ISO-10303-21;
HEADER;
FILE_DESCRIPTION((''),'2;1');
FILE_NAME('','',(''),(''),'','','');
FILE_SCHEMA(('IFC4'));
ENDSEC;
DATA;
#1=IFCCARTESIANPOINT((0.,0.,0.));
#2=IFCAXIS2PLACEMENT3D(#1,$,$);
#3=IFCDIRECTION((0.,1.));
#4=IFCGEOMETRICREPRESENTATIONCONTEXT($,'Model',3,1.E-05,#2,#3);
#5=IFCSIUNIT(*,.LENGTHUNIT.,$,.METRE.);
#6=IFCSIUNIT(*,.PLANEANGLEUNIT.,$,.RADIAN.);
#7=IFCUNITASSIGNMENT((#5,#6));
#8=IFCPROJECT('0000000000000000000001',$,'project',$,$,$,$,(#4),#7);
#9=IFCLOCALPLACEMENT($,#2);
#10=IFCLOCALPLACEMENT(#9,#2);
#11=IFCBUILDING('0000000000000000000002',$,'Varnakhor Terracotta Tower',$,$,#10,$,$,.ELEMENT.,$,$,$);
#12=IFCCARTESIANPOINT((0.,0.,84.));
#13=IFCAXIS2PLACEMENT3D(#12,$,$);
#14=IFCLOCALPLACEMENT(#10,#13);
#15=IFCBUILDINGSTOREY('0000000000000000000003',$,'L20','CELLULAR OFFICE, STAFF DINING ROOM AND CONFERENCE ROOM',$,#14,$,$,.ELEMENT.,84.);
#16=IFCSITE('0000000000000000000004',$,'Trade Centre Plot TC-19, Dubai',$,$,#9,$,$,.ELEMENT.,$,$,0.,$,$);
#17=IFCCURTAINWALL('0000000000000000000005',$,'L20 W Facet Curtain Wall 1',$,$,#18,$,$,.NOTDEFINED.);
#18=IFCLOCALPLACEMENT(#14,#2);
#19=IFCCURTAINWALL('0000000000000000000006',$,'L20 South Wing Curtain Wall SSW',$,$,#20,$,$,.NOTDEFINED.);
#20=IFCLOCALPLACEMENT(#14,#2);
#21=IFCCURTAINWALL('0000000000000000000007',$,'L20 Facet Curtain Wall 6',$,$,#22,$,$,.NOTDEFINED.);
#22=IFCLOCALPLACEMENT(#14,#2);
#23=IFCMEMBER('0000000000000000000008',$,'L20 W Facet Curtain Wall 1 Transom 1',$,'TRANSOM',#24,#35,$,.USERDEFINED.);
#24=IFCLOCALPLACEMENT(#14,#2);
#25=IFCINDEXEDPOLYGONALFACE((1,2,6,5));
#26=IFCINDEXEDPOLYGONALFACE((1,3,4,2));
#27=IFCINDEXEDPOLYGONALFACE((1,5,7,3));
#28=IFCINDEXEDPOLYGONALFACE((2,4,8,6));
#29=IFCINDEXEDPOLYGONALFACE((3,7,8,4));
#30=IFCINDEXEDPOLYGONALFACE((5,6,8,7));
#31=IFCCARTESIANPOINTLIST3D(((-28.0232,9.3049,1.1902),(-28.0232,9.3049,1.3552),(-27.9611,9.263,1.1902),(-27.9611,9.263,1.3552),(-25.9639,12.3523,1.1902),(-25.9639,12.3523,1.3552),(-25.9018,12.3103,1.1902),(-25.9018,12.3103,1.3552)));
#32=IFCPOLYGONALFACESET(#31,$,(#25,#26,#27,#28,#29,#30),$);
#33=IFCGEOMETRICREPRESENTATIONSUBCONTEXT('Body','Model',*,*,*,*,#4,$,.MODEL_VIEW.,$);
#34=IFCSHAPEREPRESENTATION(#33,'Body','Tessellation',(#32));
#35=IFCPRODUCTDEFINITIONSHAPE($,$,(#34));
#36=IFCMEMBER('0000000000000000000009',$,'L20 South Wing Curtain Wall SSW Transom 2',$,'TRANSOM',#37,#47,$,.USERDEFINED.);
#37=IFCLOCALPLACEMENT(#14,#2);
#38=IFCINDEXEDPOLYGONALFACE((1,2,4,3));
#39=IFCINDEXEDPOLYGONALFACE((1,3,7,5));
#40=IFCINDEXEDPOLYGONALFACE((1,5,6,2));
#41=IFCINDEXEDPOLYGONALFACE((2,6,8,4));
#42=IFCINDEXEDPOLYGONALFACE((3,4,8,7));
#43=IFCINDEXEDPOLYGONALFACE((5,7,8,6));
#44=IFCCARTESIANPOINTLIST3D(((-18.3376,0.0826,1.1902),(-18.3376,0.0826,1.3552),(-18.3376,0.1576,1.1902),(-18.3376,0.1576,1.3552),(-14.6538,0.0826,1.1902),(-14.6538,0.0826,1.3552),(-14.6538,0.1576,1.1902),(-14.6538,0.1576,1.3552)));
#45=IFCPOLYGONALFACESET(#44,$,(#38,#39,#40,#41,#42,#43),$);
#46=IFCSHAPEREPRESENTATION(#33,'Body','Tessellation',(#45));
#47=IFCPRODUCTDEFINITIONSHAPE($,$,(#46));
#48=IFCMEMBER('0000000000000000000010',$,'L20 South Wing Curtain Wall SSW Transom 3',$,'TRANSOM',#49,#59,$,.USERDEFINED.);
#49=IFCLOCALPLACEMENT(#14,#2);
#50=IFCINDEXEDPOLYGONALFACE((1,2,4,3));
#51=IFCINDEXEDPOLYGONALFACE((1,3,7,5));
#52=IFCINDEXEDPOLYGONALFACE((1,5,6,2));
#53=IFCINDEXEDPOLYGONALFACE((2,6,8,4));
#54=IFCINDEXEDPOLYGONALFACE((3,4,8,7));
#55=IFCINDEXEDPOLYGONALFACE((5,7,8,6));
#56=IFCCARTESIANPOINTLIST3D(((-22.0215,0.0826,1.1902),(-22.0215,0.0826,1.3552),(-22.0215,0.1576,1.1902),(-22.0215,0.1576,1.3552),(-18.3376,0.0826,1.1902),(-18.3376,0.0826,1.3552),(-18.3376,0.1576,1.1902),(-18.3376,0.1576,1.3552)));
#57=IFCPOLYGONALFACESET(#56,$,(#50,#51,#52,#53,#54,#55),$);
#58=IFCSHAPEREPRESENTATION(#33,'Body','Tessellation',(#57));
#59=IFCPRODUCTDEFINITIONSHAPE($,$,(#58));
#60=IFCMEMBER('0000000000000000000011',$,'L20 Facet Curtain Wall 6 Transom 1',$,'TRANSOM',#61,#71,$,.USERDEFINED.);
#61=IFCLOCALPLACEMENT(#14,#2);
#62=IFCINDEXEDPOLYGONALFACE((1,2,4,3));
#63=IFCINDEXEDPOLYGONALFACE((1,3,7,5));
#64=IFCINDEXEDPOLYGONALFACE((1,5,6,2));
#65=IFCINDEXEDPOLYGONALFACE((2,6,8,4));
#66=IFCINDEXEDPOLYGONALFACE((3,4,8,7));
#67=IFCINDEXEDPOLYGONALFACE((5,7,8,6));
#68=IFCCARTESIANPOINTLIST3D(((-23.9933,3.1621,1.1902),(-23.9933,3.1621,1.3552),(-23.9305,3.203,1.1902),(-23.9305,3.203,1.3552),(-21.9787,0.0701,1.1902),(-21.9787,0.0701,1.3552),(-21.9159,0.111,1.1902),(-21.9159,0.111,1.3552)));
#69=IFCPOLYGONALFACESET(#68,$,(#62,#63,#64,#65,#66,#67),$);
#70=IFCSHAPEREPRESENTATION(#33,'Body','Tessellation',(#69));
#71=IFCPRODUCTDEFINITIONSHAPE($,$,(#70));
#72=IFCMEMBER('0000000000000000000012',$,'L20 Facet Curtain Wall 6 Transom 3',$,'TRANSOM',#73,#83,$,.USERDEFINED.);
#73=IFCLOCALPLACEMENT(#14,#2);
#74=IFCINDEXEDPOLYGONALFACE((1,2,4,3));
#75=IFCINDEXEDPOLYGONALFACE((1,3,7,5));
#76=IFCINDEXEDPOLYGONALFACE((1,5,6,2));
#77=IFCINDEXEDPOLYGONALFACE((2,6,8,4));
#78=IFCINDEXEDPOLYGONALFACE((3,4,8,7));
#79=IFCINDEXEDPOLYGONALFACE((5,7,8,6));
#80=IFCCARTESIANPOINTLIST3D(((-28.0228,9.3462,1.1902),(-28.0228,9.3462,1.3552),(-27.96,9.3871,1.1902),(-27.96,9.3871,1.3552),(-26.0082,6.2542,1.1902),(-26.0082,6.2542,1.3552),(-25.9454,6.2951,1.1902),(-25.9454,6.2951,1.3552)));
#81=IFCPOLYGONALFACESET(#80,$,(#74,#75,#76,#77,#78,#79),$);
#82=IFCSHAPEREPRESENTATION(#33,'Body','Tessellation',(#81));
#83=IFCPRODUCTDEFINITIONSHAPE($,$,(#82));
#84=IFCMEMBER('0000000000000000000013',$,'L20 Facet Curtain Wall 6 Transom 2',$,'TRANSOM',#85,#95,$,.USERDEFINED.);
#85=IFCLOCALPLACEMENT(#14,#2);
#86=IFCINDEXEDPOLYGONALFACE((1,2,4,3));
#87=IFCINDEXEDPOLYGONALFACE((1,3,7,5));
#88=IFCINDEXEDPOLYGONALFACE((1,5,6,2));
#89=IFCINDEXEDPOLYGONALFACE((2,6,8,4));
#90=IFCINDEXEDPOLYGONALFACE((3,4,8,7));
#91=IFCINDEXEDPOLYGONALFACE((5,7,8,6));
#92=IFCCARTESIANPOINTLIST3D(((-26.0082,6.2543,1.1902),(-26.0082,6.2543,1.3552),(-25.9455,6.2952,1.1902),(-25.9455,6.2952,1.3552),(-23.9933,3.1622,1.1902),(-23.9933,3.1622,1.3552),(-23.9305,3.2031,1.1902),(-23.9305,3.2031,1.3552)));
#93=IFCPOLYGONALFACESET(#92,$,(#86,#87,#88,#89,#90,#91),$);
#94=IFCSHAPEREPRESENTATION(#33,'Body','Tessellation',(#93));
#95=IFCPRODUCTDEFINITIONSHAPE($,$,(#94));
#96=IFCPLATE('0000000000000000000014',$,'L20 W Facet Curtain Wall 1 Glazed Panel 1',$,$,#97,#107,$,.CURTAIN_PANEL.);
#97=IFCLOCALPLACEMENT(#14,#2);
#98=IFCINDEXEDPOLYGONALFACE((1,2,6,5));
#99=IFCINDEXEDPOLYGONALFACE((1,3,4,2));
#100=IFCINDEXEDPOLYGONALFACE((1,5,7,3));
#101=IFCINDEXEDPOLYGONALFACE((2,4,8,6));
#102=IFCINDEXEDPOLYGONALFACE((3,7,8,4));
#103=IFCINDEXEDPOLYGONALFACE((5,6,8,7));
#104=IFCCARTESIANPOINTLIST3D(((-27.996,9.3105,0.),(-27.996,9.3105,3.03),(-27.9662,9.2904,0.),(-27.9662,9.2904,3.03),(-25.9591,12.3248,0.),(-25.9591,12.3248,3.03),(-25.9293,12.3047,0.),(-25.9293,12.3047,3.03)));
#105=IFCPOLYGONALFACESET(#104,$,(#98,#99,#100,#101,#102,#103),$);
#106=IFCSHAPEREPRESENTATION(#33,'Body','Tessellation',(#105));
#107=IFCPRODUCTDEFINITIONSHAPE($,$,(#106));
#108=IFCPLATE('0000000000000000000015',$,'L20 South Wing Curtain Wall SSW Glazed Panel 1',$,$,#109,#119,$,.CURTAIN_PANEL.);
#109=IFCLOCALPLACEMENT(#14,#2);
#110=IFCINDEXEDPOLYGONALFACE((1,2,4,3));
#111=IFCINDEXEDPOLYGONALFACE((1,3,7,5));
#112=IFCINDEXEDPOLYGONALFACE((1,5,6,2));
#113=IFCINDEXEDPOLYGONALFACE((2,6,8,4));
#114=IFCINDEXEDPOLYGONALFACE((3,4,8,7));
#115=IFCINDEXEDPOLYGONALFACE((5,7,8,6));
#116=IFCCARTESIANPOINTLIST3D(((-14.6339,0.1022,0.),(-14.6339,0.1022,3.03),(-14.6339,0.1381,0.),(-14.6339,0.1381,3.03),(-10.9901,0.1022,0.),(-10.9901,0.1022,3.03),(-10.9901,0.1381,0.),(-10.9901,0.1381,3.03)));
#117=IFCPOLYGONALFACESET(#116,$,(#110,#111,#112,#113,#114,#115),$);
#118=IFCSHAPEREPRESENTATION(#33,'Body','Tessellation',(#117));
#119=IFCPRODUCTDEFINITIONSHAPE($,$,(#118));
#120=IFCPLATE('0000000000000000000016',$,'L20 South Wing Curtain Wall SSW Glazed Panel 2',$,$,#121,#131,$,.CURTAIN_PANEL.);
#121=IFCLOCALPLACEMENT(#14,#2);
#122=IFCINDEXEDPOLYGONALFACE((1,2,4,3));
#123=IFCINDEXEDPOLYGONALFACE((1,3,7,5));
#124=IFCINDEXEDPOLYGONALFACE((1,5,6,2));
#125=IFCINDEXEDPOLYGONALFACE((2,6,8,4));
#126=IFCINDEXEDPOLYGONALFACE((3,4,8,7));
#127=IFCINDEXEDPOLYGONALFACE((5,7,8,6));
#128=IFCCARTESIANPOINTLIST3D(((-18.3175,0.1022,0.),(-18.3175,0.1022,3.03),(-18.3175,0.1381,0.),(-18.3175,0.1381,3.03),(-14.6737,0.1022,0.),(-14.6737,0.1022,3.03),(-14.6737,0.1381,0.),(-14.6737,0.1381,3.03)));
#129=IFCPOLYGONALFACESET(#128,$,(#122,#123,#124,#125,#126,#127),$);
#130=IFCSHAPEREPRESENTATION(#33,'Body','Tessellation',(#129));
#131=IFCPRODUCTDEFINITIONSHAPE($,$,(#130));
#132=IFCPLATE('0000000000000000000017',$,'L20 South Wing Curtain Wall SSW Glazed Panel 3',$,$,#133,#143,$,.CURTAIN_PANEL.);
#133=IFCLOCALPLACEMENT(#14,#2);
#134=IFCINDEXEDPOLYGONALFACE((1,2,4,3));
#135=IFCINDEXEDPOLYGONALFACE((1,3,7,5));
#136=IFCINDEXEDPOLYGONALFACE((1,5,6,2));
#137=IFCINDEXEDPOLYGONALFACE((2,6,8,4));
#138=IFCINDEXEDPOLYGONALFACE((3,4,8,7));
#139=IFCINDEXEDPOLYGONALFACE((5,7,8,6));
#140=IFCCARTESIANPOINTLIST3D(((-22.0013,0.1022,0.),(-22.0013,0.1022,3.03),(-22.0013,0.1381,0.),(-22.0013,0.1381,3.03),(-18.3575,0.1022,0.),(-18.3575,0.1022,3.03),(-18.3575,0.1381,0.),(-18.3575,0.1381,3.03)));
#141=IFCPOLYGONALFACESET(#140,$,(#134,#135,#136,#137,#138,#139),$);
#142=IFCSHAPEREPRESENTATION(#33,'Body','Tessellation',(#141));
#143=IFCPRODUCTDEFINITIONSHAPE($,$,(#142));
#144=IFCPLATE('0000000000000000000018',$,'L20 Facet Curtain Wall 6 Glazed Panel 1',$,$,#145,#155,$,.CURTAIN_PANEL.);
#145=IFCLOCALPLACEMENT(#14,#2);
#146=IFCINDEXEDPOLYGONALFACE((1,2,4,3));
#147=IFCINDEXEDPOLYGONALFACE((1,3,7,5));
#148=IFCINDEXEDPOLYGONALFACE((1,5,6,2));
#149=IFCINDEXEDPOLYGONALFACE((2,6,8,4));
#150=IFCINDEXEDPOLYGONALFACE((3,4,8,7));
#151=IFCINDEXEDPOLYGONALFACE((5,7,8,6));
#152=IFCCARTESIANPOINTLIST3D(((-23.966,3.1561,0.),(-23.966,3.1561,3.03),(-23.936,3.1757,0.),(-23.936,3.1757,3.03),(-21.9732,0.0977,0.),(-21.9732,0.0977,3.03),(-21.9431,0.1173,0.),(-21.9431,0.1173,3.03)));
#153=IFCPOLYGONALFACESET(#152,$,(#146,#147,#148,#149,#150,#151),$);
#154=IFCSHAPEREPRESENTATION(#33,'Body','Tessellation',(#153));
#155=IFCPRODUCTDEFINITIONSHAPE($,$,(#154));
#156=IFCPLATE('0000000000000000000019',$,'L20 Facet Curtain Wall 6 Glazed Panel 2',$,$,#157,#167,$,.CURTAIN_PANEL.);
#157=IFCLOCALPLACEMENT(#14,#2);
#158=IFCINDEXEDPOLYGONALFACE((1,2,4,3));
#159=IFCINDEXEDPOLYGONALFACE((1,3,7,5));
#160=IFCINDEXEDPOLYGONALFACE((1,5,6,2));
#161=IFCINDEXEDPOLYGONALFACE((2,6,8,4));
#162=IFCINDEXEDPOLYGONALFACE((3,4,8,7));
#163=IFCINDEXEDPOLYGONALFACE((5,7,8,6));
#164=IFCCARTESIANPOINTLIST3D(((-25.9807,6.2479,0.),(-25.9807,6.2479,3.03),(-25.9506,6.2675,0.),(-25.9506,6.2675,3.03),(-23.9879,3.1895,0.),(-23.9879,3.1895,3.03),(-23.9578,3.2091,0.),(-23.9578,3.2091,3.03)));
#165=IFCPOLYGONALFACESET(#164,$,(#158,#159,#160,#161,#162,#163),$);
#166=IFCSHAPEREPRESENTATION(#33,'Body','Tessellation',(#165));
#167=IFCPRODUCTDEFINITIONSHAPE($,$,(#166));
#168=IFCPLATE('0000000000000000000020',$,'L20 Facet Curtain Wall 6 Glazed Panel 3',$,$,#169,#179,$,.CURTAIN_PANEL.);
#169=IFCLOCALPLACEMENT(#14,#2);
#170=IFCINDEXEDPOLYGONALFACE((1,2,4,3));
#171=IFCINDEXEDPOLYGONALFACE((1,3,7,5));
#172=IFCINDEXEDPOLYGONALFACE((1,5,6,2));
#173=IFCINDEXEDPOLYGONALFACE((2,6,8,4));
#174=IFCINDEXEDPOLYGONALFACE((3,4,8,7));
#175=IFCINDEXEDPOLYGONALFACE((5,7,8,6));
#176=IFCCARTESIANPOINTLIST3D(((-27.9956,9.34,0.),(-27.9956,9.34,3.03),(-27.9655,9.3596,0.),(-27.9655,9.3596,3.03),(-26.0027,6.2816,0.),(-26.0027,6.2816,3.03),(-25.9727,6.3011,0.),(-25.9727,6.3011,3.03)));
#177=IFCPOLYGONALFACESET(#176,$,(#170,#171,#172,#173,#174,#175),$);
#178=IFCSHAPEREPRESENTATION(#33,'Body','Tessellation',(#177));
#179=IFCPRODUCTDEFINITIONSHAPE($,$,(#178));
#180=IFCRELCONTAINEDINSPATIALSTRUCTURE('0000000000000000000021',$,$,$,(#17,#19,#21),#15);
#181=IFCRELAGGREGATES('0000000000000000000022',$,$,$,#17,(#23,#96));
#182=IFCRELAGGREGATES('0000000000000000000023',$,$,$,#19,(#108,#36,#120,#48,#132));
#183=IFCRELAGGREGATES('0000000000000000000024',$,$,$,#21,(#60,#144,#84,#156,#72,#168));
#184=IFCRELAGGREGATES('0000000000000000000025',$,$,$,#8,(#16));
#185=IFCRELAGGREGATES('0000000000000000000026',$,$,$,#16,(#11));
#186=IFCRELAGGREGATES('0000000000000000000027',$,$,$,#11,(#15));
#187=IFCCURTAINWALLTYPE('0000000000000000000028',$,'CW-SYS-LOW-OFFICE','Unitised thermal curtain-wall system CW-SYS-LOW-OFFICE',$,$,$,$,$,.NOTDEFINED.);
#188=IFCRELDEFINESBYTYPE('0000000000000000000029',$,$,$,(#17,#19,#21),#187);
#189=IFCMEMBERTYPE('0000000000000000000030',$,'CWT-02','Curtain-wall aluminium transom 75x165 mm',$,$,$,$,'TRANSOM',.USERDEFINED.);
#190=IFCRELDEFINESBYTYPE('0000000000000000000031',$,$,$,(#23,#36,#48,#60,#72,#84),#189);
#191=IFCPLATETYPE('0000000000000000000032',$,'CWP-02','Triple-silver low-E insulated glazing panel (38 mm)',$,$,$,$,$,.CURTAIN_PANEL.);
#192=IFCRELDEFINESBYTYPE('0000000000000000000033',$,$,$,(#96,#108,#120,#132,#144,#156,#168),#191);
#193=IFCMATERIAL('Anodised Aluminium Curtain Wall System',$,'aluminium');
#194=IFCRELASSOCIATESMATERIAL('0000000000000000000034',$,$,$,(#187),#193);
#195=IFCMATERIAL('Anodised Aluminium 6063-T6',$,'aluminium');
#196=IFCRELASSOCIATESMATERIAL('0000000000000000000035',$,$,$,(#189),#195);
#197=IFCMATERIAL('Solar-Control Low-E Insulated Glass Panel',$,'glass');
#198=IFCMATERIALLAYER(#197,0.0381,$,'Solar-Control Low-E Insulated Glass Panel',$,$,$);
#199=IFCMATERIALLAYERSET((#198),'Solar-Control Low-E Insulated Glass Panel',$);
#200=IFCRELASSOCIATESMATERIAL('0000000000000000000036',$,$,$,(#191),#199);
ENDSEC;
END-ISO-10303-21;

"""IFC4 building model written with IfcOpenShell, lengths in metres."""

from ifc_helpers import new_model, si_unit, direction, frame, origin, origin_2d, place, context, subcontext, project, spatial, rectangle, extrude, source, transform, mapped, material, layer, layer_set, material_profile, profile_set, type_object, element, aggregate, save


model = new_model("IFC4")

# Units and contexts
model_context = context("Model", 3, precision=1e-05, world=origin(), true_north=direction((0.0, 1.0)))
body_context = subcontext(model_context, "Body", "Model", "MODEL_VIEW")
ifc_project = project(units=[si_unit("LENGTHUNIT", "METRE"), si_unit("PLANEANGLEUNIT", "RADIAN")], contexts=[model_context])

# Site, building, storey
site_placement = place(None, origin())
site = spatial("IfcSite", under=ifc_project, at=site_placement, Name="Trade Centre Plot TC-19, Dubai", CompositionType="ELEMENT", RefElevation=0.0)
building_placement = place(site_placement, origin())
building = spatial("IfcBuilding", under=site, at=building_placement, Name="Varnakhor Terracotta Tower", CompositionType="ELEMENT")
storey_placement = place(building_placement, frame((0.0, 0.0, 84.0)))
storey = spatial("IfcBuildingStorey", under=building, at=storey_placement, Name="L20", Description="CELLULAR OFFICE, STAFF DINING ROOM AND CONFERENCE ROOM", CompositionType="ELEMENT", Elevation=84.0)

# Curtain wall
ifc_material_1 = material(Name="Anodised Aluminium Curtain Wall System", Category="aluminium")
curtain_wall_type = type_object("IfcCurtainWallType", Name="CW-SYS-LOW-OFFICE", Description="Unitised thermal curtain-wall system CW-SYS-LOW-OFFICE", PredefinedType="NOTDEFINED", material=ifc_material_1)
curtain_wall_1_placement = place(storey_placement, origin())
curtain_wall_1 = element("IfcCurtainWall", 1, at=curtain_wall_1_placement, inside=storey, type_object=curtain_wall_type, Name="L20 W Facet Curtain Wall 1", PredefinedType="NOTDEFINED")
ifc_material_2 = material(Name="Anodised Aluminium 6063-T6", Category="aluminium")

# Curtain walls
curtain_wall_2_placement = place(storey_placement, origin())
curtain_wall_2 = element("IfcCurtainWall", 2, at=curtain_wall_2_placement, inside=storey, type_object=curtain_wall_type, Name="L20 South Wing Curtain Wall SSW", PredefinedType="NOTDEFINED")
curtain_wall_3_placement = place(storey_placement, origin())
curtain_wall_3 = element("IfcCurtainWall", 3, at=curtain_wall_3_placement, inside=storey, type_object=curtain_wall_type, Name="L20 Facet Curtain Wall 6", PredefinedType="NOTDEFINED")

# Members
ifc_material_profile_1 = material_profile(ifc_material_2, rectangle(XDim=0.075, YDim=0.165, at=origin_2d()), Name="ALU TRANSOM 75x165")
ifc_profile_set_1 = profile_set([ifc_material_profile_1], Name="Anodised Aluminium 6063-T6")
member_type_1 = type_object("IfcMemberType", Name="CWT-02", Description="Curtain-wall aluminium transom 75x165 mm", ElementType="TRANSOM", PredefinedType="USERDEFINED", material=ifc_profile_set_1)
shared_shape_1 = source(origin(), body_context, "Body", "SweptSolid", [
    extrude(rectangle(XDim=0.075, YDim=0.165, at=origin_2d()), origin(), (0.0, 0.0, 1.0), 3.678),
])
member_1_placement = place(storey_placement, frame((-27.9922, 9.2839, 1.2727), z_axis=(0.559913, 0.828552, 0.0), x_axis=(-0.828552, 0.559913, 0.0)))
member_1 = element("IfcMember", 4, at=member_1_placement, type_object=member_type_1, Name="L20 W Facet Curtain Wall 1 Transom 1", ObjectType="TRANSOM", PredefinedType="USERDEFINED", context=body_context, shape_type="MappedRepresentation", body=[
    mapped(shared_shape_1, transform((0.0, 0.0, 0.0), scale=1.0)),
])
shared_shape_2 = source(origin(), body_context, "Body", "SweptSolid", [
    extrude(rectangle(XDim=0.075, YDim=0.165, at=origin_2d()), origin(), (0.0, 0.0, 1.0), 3.6838),
])
member_2_placement = place(storey_placement, frame((-14.6538, 0.1201, 1.2727), z_axis=(-1.0, 0.0, 0.0), x_axis=(0.0, -1.0, 0.0)))
member_2 = element("IfcMember", 5, at=member_2_placement, type_object=member_type_1, Name="L20 South Wing Curtain Wall SSW Transom 2", ObjectType="TRANSOM", PredefinedType="USERDEFINED", context=body_context, shape_type="MappedRepresentation", body=[
    mapped(shared_shape_2, transform((0.0, 0.0, 0.0), scale=1.0)),
])
member_3_placement = place(storey_placement, frame((-18.3376, 0.1201, 1.2727), z_axis=(-1.0, 0.0, 0.0), x_axis=(0.0, -1.0, 0.0)))
member_3 = element("IfcMember", 6, at=member_3_placement, type_object=member_type_1, Name="L20 South Wing Curtain Wall SSW Transom 3", ObjectType="TRANSOM", PredefinedType="USERDEFINED", context=body_context, shape_type="MappedRepresentation", body=[
    mapped(shared_shape_2, transform((0.0, 0.0, 0.0), scale=1.0)),
])
shared_shape_3 = source(origin(), body_context, "Body", "SweptSolid", [
    extrude(rectangle(XDim=0.075, YDim=0.165, at=origin_2d()), origin(), (0.0, 0.0, 1.0), 3.6904),
])
member_4_placement = place(storey_placement, frame((-21.9473, 0.0906, 1.2727), z_axis=(-0.545907, 0.837846, 0.0), x_axis=(-0.837846, -0.545907, 0.0)))
member_4 = element("IfcMember", 7, at=member_4_placement, type_object=member_type_1, Name="L20 Facet Curtain Wall 6 Transom 1", ObjectType="TRANSOM", PredefinedType="USERDEFINED", context=body_context, shape_type="MappedRepresentation", body=[
    mapped(shared_shape_3, transform((0.0, 0.0, 0.0), scale=1.0)),
])
member_5_placement = place(storey_placement, frame((-25.9768, 6.2747, 1.2727), z_axis=(-0.545907, 0.837846, 0.0), x_axis=(-0.837846, -0.545907, 0.0)))
member_5 = element("IfcMember", 8, at=member_5_placement, type_object=member_type_1, Name="L20 Facet Curtain Wall 6 Transom 3", ObjectType="TRANSOM", PredefinedType="USERDEFINED", context=body_context, shape_type="MappedRepresentation", body=[
    mapped(shared_shape_3, transform((0.0, 0.0, 0.0), scale=1.0)),
])
shared_shape_4 = source(origin(), body_context, "Body", "SweptSolid", [
    extrude(rectangle(XDim=0.075, YDim=0.165, at=origin_2d()), origin(), (0.0, 0.0, 1.0), 3.6907),
])
member_6_placement = place(storey_placement, frame((-23.9619, 3.1826, 1.2727), z_axis=(-0.545953, 0.837816, 0.0), x_axis=(-0.837816, -0.545953, 0.0)))
member_6 = element("IfcMember", 9, at=member_6_placement, type_object=member_type_1, Name="L20 Facet Curtain Wall 6 Transom 2", ObjectType="TRANSOM", PredefinedType="USERDEFINED", context=body_context, shape_type="MappedRepresentation", body=[
    mapped(shared_shape_4, transform((0.0, 0.0, 0.0), scale=1.0)),
])

# Plates
ifc_material_3 = material(Name="Solar-Control Low-E Insulated Glass Panel", Category="glass")
ifc_layer_1 = layer(ifc_material_3, 0.0381, Name="Solar-Control Low-E Insulated Glass Panel")
ifc_layer_set_1 = layer_set([ifc_layer_1], Name="Solar-Control Low-E Insulated Glass Panel")
plate_type = type_object("IfcPlateType", Name="CWP-02", Description="Triple-silver low-E insulated glazing panel (38 mm)", PredefinedType="CURTAIN_PANEL", material=ifc_layer_set_1)
shared_shape_5 = source(origin(), body_context, "Body", "SweptSolid", [
    extrude(rectangle(XDim=3.6379, YDim=0.0359, at=origin_2d()), origin(), (0.0, 0.0, 1.0), 3.03),
])
plate_1_placement = place(storey_placement, frame((-26.9626, 10.8076, 0.0), z_axis=(0.0, 0.0, 1.0), x_axis=(0.559902, 0.828559, 0.0)))
plate_1 = element("IfcPlate", 10, at=plate_1_placement, type_object=plate_type, Name="L20 W Facet Curtain Wall 1 Glazed Panel 1", PredefinedType="CURTAIN_PANEL", context=body_context, shape_type="MappedRepresentation", body=[
    mapped(shared_shape_5, transform((0.0, 0.0, 0.0), scale=1.0)),
])
aggregate(curtain_wall_1, [member_1, plate_1])
shared_shape_6 = source(origin(), body_context, "Body", "SweptSolid", [
    extrude(rectangle(XDim=3.6438, YDim=0.0359, at=origin_2d()), origin(), (0.0, 0.0, 1.0), 3.03),
])
plate_2_placement = place(storey_placement, frame((-12.812, 0.1201, 0.0), z_axis=(0.0, 0.0, 1.0), x_axis=(-1.0, 0.0, 0.0)))
plate_2 = element("IfcPlate", 11, at=plate_2_placement, type_object=plate_type, Name="L20 South Wing Curtain Wall SSW Glazed Panel 1", PredefinedType="CURTAIN_PANEL", context=body_context, shape_type="MappedRepresentation", body=[
    mapped(shared_shape_6, transform((0.0, 0.0, 0.0), scale=1.0)),
])
plate_3_placement = place(storey_placement, frame((-16.4956, 0.1201, 0.0), z_axis=(0.0, 0.0, 1.0), x_axis=(-1.0, 0.0, 0.0)))
plate_3 = element("IfcPlate", 12, at=plate_3_placement, type_object=plate_type, Name="L20 South Wing Curtain Wall SSW Glazed Panel 2", PredefinedType="CURTAIN_PANEL", context=body_context, shape_type="MappedRepresentation", body=[
    mapped(shared_shape_6, transform((0.0, 0.0, 0.0), scale=1.0)),
])
plate_4_placement = place(storey_placement, frame((-20.1794, 0.1201, 0.0), z_axis=(0.0, 0.0, 1.0), x_axis=(-1.0, 0.0, 0.0)))
plate_4 = element("IfcPlate", 13, at=plate_4_placement, type_object=plate_type, Name="L20 South Wing Curtain Wall SSW Glazed Panel 3", PredefinedType="CURTAIN_PANEL", context=body_context, shape_type="MappedRepresentation", body=[
    mapped(shared_shape_6, transform((0.0, 0.0, 0.0), scale=1.0)),
])
aggregate(curtain_wall_2, [plate_2, member_2, plate_3, member_3, plate_4])
shared_shape_7 = source(origin(), body_context, "Body", "SweptSolid", [
    extrude(rectangle(XDim=3.6504, YDim=0.0359, at=origin_2d()), origin(), (0.0, 0.0, 1.0), 3.03),
])
plate_5_placement = place(storey_placement, frame((-22.9546, 1.6367, 0.0), z_axis=(0.0, 0.0, 1.0), x_axis=(-0.545926, 0.837833, 0.0)))
plate_5 = element("IfcPlate", 14, at=plate_5_placement, type_object=plate_type, Name="L20 Facet Curtain Wall 6 Glazed Panel 1", PredefinedType="CURTAIN_PANEL", context=body_context, shape_type="MappedRepresentation", body=[
    mapped(shared_shape_7, transform((0.0, 0.0, 0.0), scale=1.0)),
])
plate_6_placement = place(storey_placement, frame((-24.9692, 4.7285, 0.0), z_axis=(0.0, 0.0, 1.0), x_axis=(-0.545926, 0.837833, 0.0)))
plate_6 = element("IfcPlate", 15, at=plate_6_placement, type_object=plate_type, Name="L20 Facet Curtain Wall 6 Glazed Panel 2", PredefinedType="CURTAIN_PANEL", context=body_context, shape_type="MappedRepresentation", body=[
    mapped(shared_shape_7, transform((0.0, 0.0, 0.0), scale=1.0)),
])
plate_7_placement = place(storey_placement, frame((-26.9841, 7.8206, 0.0), z_axis=(0.0, 0.0, 1.0), x_axis=(-0.545926, 0.837833, 0.0)))
plate_7 = element("IfcPlate", 16, at=plate_7_placement, type_object=plate_type, Name="L20 Facet Curtain Wall 6 Glazed Panel 3", PredefinedType="CURTAIN_PANEL", context=body_context, shape_type="MappedRepresentation", body=[
    mapped(shared_shape_7, transform((0.0, 0.0, 0.0), scale=1.0)),
])
aggregate(curtain_wall_3, [member_4, plate_5, member_6, plate_6, member_5, plate_7])

save(model, "model.ifc")
